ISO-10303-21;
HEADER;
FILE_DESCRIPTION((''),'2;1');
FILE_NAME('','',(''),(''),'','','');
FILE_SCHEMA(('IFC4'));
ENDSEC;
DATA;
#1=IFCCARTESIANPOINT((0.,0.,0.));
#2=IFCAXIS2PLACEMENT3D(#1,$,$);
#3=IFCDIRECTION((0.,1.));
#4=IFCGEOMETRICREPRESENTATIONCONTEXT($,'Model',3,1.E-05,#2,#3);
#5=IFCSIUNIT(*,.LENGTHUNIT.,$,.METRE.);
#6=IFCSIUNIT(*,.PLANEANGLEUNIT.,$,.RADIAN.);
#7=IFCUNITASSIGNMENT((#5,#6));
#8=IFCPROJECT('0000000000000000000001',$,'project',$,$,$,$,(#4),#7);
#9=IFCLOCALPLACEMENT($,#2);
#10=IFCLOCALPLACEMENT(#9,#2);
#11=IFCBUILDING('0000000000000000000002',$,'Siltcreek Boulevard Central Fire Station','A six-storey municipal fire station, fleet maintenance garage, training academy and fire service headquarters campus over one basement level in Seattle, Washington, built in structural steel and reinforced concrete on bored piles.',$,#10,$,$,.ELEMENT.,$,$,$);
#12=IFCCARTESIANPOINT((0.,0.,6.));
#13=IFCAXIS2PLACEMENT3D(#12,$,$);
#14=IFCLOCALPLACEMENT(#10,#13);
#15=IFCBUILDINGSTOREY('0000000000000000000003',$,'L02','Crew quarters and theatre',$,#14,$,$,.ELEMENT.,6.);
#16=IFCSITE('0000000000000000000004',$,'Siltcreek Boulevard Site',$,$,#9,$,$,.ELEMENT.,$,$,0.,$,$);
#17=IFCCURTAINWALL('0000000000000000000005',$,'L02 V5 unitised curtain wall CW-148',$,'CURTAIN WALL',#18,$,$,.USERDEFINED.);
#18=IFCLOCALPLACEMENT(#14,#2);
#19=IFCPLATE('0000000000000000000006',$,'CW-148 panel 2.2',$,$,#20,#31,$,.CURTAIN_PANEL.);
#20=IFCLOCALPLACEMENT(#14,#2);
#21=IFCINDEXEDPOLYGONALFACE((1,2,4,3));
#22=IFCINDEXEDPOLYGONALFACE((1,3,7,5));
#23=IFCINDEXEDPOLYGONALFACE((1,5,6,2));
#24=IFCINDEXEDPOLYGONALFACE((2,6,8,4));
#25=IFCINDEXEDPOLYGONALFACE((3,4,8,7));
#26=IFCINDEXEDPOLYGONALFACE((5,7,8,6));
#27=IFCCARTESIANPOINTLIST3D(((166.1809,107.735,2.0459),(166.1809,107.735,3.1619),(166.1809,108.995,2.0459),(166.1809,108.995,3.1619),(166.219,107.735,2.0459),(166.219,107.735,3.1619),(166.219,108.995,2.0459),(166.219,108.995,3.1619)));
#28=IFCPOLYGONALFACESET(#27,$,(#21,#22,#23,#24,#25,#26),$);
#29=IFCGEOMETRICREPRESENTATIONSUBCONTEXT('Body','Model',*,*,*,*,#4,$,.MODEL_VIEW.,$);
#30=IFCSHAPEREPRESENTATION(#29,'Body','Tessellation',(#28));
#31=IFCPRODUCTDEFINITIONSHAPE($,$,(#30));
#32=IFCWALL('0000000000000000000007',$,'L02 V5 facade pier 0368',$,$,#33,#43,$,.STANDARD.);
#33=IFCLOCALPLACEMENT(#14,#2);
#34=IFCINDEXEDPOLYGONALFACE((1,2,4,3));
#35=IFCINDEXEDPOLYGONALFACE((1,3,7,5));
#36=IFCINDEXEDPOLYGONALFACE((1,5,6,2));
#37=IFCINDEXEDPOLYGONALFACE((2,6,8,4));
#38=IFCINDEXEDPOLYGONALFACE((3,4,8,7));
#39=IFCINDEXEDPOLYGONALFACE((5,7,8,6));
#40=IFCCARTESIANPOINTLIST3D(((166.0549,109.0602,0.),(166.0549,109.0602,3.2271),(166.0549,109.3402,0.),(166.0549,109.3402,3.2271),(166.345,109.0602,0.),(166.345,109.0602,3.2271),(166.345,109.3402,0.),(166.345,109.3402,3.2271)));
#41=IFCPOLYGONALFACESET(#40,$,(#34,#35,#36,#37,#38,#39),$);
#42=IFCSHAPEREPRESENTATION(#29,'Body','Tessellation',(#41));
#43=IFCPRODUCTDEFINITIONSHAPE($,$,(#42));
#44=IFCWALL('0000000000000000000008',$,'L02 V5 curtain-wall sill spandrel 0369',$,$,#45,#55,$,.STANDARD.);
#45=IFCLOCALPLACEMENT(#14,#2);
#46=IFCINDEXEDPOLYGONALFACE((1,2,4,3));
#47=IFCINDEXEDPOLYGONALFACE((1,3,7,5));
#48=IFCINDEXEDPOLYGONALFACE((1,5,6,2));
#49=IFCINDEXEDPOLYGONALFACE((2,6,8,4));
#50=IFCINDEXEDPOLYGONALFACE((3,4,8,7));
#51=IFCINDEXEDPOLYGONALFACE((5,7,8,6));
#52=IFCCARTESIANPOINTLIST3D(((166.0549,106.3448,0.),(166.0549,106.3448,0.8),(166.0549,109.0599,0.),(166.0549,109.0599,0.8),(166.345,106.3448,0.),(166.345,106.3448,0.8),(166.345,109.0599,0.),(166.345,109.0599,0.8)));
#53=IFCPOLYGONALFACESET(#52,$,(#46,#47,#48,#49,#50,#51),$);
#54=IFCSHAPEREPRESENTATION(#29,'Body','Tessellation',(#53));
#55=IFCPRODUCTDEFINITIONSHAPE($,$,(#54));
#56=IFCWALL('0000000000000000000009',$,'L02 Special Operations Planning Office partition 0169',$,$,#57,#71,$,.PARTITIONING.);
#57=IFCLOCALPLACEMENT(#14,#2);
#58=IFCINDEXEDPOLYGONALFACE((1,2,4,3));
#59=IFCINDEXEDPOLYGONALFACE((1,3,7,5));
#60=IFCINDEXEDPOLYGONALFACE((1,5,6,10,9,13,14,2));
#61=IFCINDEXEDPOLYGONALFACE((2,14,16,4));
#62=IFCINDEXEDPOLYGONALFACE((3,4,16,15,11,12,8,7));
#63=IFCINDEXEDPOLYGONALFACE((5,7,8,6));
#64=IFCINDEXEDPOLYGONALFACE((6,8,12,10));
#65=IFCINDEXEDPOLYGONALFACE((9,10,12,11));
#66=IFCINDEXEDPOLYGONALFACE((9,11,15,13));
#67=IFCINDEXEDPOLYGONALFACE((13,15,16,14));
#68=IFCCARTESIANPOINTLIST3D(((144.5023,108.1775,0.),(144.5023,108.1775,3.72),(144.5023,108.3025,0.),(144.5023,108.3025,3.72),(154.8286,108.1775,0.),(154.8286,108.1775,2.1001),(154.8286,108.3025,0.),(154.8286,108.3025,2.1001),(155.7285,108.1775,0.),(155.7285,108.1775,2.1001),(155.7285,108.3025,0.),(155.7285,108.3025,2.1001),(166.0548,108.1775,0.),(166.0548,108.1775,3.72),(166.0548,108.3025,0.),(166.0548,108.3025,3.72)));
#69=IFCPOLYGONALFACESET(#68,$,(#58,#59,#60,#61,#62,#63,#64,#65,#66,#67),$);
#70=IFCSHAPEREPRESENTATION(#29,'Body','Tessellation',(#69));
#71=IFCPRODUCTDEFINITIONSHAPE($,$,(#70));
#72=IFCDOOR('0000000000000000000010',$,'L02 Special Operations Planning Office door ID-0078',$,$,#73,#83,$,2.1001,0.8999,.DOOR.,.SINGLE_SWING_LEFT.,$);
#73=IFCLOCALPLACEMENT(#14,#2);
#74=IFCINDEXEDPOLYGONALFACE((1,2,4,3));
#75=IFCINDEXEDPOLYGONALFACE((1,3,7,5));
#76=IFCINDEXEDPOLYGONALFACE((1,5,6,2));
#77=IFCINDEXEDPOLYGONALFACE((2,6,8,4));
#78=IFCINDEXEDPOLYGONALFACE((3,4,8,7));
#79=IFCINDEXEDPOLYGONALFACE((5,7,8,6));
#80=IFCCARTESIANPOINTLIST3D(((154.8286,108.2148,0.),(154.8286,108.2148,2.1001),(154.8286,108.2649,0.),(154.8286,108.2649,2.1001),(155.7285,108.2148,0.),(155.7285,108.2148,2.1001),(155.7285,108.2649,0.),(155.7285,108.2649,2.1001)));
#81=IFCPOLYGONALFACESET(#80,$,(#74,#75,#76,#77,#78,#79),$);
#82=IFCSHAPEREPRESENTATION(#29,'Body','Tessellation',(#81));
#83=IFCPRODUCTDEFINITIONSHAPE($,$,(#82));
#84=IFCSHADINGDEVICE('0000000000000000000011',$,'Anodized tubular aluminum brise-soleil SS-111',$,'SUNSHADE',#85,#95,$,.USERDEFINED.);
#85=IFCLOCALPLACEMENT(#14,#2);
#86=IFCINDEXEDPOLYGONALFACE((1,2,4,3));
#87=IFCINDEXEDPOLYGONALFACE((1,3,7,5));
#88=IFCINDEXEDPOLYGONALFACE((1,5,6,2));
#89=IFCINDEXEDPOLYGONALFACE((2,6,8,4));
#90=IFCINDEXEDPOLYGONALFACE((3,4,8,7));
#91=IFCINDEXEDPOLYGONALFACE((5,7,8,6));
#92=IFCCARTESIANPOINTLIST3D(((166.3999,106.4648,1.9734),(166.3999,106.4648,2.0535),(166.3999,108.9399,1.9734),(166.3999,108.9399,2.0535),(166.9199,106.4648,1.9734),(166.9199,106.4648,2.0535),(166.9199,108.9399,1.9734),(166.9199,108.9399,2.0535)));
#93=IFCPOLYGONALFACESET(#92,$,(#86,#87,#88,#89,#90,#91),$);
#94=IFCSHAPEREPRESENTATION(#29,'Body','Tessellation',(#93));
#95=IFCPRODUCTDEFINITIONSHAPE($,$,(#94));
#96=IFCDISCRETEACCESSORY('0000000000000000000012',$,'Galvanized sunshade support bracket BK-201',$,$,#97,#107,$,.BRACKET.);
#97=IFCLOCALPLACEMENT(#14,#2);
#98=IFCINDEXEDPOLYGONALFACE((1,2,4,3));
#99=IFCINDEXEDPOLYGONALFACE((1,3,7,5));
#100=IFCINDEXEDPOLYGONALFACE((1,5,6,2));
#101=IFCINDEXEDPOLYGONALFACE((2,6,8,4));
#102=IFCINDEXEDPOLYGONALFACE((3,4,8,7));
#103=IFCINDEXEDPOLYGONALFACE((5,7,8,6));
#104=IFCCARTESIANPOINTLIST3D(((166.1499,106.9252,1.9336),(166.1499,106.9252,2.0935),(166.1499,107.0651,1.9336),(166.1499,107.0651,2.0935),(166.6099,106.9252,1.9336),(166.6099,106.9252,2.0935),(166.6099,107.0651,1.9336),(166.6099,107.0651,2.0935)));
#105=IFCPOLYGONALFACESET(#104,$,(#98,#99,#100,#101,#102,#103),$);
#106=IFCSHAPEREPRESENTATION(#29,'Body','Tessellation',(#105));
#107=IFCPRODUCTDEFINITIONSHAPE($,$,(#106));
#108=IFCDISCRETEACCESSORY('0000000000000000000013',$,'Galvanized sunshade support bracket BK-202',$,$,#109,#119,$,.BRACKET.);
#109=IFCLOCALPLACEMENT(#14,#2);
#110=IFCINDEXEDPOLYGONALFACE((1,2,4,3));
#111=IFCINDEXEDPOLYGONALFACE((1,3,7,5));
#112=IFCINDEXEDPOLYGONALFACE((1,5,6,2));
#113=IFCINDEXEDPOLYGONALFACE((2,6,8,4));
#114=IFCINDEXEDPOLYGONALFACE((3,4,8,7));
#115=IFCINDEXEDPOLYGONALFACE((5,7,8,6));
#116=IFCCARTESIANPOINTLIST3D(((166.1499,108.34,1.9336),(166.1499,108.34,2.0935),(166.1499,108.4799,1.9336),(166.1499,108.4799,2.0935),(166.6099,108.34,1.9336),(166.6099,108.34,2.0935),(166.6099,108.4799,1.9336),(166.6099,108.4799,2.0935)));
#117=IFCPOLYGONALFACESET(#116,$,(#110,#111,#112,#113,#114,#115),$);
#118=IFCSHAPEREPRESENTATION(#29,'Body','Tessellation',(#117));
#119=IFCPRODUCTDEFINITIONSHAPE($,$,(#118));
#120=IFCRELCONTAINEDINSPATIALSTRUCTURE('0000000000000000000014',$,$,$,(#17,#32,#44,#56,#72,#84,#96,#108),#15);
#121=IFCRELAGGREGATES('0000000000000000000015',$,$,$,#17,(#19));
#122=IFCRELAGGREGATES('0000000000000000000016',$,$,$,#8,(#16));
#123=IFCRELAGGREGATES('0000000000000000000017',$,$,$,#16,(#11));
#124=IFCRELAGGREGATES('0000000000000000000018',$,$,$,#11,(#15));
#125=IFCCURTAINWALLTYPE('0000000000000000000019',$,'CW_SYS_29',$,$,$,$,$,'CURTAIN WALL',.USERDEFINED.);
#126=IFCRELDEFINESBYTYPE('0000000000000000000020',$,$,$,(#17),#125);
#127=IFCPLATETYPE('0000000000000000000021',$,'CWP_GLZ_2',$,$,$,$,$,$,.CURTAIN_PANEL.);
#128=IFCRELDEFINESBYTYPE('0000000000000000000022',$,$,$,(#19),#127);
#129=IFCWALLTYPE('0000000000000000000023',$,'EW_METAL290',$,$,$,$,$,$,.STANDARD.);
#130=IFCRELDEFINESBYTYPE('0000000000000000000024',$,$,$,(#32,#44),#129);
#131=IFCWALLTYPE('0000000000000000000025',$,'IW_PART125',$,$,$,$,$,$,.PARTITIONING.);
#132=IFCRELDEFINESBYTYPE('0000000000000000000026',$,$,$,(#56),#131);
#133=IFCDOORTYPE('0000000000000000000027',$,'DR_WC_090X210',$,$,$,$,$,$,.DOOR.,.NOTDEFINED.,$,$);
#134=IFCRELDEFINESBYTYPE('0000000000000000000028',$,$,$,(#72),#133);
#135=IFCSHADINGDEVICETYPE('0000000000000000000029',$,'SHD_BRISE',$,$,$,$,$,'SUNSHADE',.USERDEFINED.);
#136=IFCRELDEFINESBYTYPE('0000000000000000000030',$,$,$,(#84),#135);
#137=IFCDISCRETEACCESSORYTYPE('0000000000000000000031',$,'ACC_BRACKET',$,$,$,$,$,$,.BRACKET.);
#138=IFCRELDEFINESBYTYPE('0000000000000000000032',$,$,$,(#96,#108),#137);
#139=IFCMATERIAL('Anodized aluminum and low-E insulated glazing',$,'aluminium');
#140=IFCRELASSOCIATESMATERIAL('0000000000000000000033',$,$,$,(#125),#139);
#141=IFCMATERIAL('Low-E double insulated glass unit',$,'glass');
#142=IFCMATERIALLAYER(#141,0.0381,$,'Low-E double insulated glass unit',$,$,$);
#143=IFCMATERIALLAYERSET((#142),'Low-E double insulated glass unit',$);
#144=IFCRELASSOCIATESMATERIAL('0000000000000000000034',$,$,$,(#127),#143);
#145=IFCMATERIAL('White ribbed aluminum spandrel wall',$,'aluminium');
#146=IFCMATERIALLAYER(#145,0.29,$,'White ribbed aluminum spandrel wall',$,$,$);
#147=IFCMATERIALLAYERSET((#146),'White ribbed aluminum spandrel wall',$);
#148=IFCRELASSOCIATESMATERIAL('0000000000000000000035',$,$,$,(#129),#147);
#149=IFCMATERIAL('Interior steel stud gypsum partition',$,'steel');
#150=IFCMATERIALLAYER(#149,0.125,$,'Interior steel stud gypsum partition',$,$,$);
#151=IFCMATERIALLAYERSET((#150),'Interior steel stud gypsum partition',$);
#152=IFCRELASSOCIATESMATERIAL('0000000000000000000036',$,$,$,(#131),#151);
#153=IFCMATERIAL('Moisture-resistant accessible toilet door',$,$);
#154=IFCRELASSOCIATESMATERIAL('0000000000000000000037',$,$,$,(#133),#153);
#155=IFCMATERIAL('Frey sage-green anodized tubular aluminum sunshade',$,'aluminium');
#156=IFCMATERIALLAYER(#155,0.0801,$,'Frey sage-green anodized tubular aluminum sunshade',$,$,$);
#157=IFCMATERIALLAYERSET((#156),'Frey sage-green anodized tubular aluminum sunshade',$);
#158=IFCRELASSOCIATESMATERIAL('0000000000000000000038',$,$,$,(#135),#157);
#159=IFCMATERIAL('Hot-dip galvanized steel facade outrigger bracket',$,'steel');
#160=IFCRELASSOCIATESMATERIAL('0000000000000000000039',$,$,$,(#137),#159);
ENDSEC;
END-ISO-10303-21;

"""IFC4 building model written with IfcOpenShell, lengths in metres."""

from ifc_helpers import new_model, si_unit, direction, frame, frame_2d, origin, origin_2d, place, context, subcontext, project, spatial, rectangle, extrude, material, layer, layer_set, type_object, element, fill, aggregate, save


model = new_model("IFC4")

# Units and contexts
model_context = context("Model", 3, precision=1e-05, world=origin(), true_north=direction((0.0, 1.0)))
body_context = subcontext(model_context, "Body", "Model", "MODEL_VIEW")
ifc_project = project(units=[si_unit("LENGTHUNIT", "METRE"), si_unit("PLANEANGLEUNIT", "RADIAN")], contexts=[model_context])

# Site, building, storey
site_placement = place(None, origin())
site = spatial("IfcSite", under=ifc_project, at=site_placement, Name="Siltcreek Boulevard Site", CompositionType="ELEMENT", RefElevation=0.0)
building_placement = place(site_placement, origin())
building = spatial("IfcBuilding", under=site, at=building_placement, Name="Siltcreek Boulevard Central Fire Station", Description="A six-storey municipal fire station, fleet maintenance garage, training academy and fire service headquarters campus over one basement level in Seattle, Washington, built in structural steel and reinforced concrete on bored piles.", CompositionType="ELEMENT")
storey_placement = place(building_placement, frame((0.0, 0.0, 6.0)))
storey = spatial("IfcBuildingStorey", under=building, at=storey_placement, Name="L02", Description="Crew quarters and theatre", CompositionType="ELEMENT", Elevation=6.0)

# Curtain wall
ifc_material_1 = material(Name="Anodized aluminum and low-E insulated glazing", Category="aluminium")
curtain_wall_type = type_object("IfcCurtainWallType", Name="CW_SYS_29", ElementType="CURTAIN WALL", PredefinedType="USERDEFINED", material=ifc_material_1)
curtain_wall_placement = place(storey_placement, origin())
curtain_wall = element("IfcCurtainWall", 1, at=curtain_wall_placement, inside=storey, type_object=curtain_wall_type, Name="L02 V5 unitised curtain wall CW-148", ObjectType="CURTAIN WALL", PredefinedType="USERDEFINED")

# Plate
ifc_material_2 = material(Name="Low-E double insulated glass unit", Category="glass")
ifc_layer_1 = layer(ifc_material_2, 0.0381, Name="Low-E double insulated glass unit")
ifc_layer_set_1 = layer_set([ifc_layer_1], Name="Low-E double insulated glass unit")
plate_type = type_object("IfcPlateType", Name="CWP_GLZ_2", PredefinedType="CURTAIN_PANEL", material=ifc_layer_set_1)
plate_1_placement = place(storey_placement, frame((166.2, 108.365, 2.0459), z_axis=(0.0, 0.0, 1.0), x_axis=(0.0, 1.0, 0.0)))
plate_1 = element("IfcPlate", 2, at=plate_1_placement, type_object=plate_type, Name="CW-148 panel 2.2", PredefinedType="CURTAIN_PANEL", context=body_context, shape_type="SweptSolid", body=[
    extrude(rectangle(XDim=1.26, YDim=0.0381, at=origin_2d()), origin(), (0.0, 0.0, 1.0), 1.116),
])
aggregate(curtain_wall, [plate_1])

# Walls
ifc_material_3 = material(Name="White ribbed aluminum spandrel wall", Category="aluminium")
ifc_layer_2 = layer(ifc_material_3, 0.29, Name="White ribbed aluminum spandrel wall")
ifc_layer_set_2 = layer_set([ifc_layer_2], Name="White ribbed aluminum spandrel wall")
wall_type_1 = type_object("IfcWallType", Name="EW_METAL290", PredefinedType="STANDARD", material=ifc_layer_set_2)
wall_1_placement = place(storey_placement, frame((166.2, 109.0601, 0.0), z_axis=(0.0, 0.0, 1.0), x_axis=(0.0, 1.0, 0.0)))
element("IfcWall", 3, at=wall_1_placement, inside=storey, type_object=wall_type_1, Name="L02 V5 facade pier 0368", PredefinedType="STANDARD", context=body_context, shape_type="SweptSolid", body=[
    extrude(rectangle(XDim=0.28, YDim=0.29, at=frame_2d((0.1401, 0.0))), origin(), (0.0, 0.0, 1.0), 3.2271),
])
wall_2_placement = place(storey_placement, frame((166.2, 106.345, 0.0), z_axis=(0.0, 0.0, 1.0), x_axis=(0.0, 1.0, 0.0)))
element("IfcWall", 4, at=wall_2_placement, inside=storey, type_object=wall_type_1, Name="L02 V5 curtain-wall sill spandrel 0369", PredefinedType="STANDARD", context=body_context, shape_type="SweptSolid", body=[
    extrude(rectangle(XDim=2.7151, YDim=0.29, at=frame_2d((1.3574, 0.0))), origin(), (0.0, 0.0, 1.0), 0.8),
])

# Wall, opening, door
ifc_material_4 = material(Name="Interior steel stud gypsum partition", Category="steel")
ifc_layer_3 = layer(ifc_material_4, 0.125, Name="Interior steel stud gypsum partition")
ifc_layer_set_3 = layer_set([ifc_layer_3], Name="Interior steel stud gypsum partition")
wall_type_2 = type_object("IfcWallType", Name="IW_PART125", PredefinedType="PARTITIONING", material=ifc_layer_set_3)
wall_3_placement = place(storey_placement, frame((166.0549, 108.24, 0.0), z_axis=(0.0, 0.0, 1.0), x_axis=(-1.0, 0.0, 0.0)))
wall_3 = element("IfcWall", 5, at=wall_3_placement, inside=storey, type_object=wall_type_2, Name="L02 Special Operations Planning Office partition 0169", PredefinedType="PARTITIONING", context=body_context, shape_type="SweptSolid", body=[
    extrude(rectangle(XDim=21.5525, YDim=0.125, at=frame_2d((10.7764, 0.0))), origin(), (0.0, 0.0, 1.0), 3.72),
])
opening_placement = place(wall_3_placement, frame((10.3264, 0.0, 0.0)))
opening = element("IfcOpeningElement", 6, at=opening_placement, cuts=wall_3, PredefinedType="OPENING", context=body_context, shape_type="SweptSolid", body=[
    extrude(rectangle(XDim=0.8999, YDim=2.1001, at=frame_2d((0.45, 1.05))), frame((0.0, 0.0725, 0.0), z_axis=(0.0, -1.0, 0.0), x_axis=(1.0, 0.0, 0.0)), (0.0, 0.0, 1.0), 0.145),
])
ifc_material_5 = material(Name="Moisture-resistant accessible toilet door")
door_type = type_object("IfcDoorType", Name="DR_WC_090X210", OperationType="NOTDEFINED", PredefinedType="DOOR", material=ifc_material_5)
door_placement = place(opening_placement, frame((0.8999, 0.0, 0.0), z_axis=(0.0, 0.0, 1.0), x_axis=(-1.0, 0.0, 0.0)))
door = element("IfcDoor", 7, at=door_placement, inside=storey, type_object=door_type, Name="L02 Special Operations Planning Office door ID-0078", OperationType="SINGLE_SWING_LEFT", OverallHeight=2.1001, OverallWidth=0.8999, PredefinedType="DOOR", context=body_context, shape_type="SweptSolid", body=[
    extrude(rectangle(XDim=0.8999, YDim=2.1001, at=frame_2d((0.45, 1.05))), frame((0.0, 0.0249, 0.0), z_axis=(0.0, -1.0, 0.0), x_axis=(1.0, 0.0, 0.0)), (0.0, 0.0, 1.0), 0.05),
])
fill(opening, door)

# Shading device
ifc_material_6 = material(Name="Frey sage-green anodized tubular aluminum sunshade", Category="aluminium")
ifc_layer_4 = layer(ifc_material_6, 0.0801, Name="Frey sage-green anodized tubular aluminum sunshade")
ifc_layer_set_4 = layer_set([ifc_layer_4], Name="Frey sage-green anodized tubular aluminum sunshade")
shading_device_type = type_object("IfcShadingDeviceType", Name="SHD_BRISE", ElementType="SUNSHADE", PredefinedType="USERDEFINED", material=ifc_layer_set_4)
shading_device_placement = place(storey_placement, frame((166.6599, 107.7024, 1.9734), z_axis=(0.0, 0.0, 1.0), x_axis=(0.0, 1.0, 0.0)))
element("IfcShadingDevice", 8, at=shading_device_placement, inside=storey, type_object=shading_device_type, Name="Anodized tubular aluminum brise-soleil SS-111", ObjectType="SUNSHADE", PredefinedType="USERDEFINED", context=body_context, shape_type="SweptSolid", body=[
    extrude(rectangle(XDim=2.4751, YDim=0.52, at=origin_2d()), origin(), (0.0, 0.0, 1.0), 0.0801),
])

# Discrete accessories
ifc_material_7 = material(Name="Hot-dip galvanized steel facade outrigger bracket", Category="steel")
discrete_accessory_type = type_object("IfcDiscreteAccessoryType", Name="ACC_BRACKET", PredefinedType="BRACKET", material=ifc_material_7)
for number, where, z_axis, x_axis, name in (
    (9, (166.3799, 106.9951, 1.9336), (0.0, 0.0, 1.0), (0.0, 1.0, 0.0), "Galvanized sunshade support bracket BK-201"),
    (10, (166.3799, 108.4099, 1.9336), (0.0, 0.0, 1.0), (0.0, 1.0, 0.0), "Galvanized sunshade support bracket BK-202"),
):
    element("IfcDiscreteAccessory", number, at=place(storey_placement, frame(where, z_axis=z_axis, x_axis=x_axis)), inside=storey, type_object=discrete_accessory_type, Name=name, PredefinedType="BRACKET", context=body_context, shape_type="SweptSolid", body=[
        extrude(rectangle(XDim=0.1399, YDim=0.46, at=origin_2d()), origin(), (0.0, 0.0, 1.0), 0.1599),
    ])

save(model, "model.ifc")
